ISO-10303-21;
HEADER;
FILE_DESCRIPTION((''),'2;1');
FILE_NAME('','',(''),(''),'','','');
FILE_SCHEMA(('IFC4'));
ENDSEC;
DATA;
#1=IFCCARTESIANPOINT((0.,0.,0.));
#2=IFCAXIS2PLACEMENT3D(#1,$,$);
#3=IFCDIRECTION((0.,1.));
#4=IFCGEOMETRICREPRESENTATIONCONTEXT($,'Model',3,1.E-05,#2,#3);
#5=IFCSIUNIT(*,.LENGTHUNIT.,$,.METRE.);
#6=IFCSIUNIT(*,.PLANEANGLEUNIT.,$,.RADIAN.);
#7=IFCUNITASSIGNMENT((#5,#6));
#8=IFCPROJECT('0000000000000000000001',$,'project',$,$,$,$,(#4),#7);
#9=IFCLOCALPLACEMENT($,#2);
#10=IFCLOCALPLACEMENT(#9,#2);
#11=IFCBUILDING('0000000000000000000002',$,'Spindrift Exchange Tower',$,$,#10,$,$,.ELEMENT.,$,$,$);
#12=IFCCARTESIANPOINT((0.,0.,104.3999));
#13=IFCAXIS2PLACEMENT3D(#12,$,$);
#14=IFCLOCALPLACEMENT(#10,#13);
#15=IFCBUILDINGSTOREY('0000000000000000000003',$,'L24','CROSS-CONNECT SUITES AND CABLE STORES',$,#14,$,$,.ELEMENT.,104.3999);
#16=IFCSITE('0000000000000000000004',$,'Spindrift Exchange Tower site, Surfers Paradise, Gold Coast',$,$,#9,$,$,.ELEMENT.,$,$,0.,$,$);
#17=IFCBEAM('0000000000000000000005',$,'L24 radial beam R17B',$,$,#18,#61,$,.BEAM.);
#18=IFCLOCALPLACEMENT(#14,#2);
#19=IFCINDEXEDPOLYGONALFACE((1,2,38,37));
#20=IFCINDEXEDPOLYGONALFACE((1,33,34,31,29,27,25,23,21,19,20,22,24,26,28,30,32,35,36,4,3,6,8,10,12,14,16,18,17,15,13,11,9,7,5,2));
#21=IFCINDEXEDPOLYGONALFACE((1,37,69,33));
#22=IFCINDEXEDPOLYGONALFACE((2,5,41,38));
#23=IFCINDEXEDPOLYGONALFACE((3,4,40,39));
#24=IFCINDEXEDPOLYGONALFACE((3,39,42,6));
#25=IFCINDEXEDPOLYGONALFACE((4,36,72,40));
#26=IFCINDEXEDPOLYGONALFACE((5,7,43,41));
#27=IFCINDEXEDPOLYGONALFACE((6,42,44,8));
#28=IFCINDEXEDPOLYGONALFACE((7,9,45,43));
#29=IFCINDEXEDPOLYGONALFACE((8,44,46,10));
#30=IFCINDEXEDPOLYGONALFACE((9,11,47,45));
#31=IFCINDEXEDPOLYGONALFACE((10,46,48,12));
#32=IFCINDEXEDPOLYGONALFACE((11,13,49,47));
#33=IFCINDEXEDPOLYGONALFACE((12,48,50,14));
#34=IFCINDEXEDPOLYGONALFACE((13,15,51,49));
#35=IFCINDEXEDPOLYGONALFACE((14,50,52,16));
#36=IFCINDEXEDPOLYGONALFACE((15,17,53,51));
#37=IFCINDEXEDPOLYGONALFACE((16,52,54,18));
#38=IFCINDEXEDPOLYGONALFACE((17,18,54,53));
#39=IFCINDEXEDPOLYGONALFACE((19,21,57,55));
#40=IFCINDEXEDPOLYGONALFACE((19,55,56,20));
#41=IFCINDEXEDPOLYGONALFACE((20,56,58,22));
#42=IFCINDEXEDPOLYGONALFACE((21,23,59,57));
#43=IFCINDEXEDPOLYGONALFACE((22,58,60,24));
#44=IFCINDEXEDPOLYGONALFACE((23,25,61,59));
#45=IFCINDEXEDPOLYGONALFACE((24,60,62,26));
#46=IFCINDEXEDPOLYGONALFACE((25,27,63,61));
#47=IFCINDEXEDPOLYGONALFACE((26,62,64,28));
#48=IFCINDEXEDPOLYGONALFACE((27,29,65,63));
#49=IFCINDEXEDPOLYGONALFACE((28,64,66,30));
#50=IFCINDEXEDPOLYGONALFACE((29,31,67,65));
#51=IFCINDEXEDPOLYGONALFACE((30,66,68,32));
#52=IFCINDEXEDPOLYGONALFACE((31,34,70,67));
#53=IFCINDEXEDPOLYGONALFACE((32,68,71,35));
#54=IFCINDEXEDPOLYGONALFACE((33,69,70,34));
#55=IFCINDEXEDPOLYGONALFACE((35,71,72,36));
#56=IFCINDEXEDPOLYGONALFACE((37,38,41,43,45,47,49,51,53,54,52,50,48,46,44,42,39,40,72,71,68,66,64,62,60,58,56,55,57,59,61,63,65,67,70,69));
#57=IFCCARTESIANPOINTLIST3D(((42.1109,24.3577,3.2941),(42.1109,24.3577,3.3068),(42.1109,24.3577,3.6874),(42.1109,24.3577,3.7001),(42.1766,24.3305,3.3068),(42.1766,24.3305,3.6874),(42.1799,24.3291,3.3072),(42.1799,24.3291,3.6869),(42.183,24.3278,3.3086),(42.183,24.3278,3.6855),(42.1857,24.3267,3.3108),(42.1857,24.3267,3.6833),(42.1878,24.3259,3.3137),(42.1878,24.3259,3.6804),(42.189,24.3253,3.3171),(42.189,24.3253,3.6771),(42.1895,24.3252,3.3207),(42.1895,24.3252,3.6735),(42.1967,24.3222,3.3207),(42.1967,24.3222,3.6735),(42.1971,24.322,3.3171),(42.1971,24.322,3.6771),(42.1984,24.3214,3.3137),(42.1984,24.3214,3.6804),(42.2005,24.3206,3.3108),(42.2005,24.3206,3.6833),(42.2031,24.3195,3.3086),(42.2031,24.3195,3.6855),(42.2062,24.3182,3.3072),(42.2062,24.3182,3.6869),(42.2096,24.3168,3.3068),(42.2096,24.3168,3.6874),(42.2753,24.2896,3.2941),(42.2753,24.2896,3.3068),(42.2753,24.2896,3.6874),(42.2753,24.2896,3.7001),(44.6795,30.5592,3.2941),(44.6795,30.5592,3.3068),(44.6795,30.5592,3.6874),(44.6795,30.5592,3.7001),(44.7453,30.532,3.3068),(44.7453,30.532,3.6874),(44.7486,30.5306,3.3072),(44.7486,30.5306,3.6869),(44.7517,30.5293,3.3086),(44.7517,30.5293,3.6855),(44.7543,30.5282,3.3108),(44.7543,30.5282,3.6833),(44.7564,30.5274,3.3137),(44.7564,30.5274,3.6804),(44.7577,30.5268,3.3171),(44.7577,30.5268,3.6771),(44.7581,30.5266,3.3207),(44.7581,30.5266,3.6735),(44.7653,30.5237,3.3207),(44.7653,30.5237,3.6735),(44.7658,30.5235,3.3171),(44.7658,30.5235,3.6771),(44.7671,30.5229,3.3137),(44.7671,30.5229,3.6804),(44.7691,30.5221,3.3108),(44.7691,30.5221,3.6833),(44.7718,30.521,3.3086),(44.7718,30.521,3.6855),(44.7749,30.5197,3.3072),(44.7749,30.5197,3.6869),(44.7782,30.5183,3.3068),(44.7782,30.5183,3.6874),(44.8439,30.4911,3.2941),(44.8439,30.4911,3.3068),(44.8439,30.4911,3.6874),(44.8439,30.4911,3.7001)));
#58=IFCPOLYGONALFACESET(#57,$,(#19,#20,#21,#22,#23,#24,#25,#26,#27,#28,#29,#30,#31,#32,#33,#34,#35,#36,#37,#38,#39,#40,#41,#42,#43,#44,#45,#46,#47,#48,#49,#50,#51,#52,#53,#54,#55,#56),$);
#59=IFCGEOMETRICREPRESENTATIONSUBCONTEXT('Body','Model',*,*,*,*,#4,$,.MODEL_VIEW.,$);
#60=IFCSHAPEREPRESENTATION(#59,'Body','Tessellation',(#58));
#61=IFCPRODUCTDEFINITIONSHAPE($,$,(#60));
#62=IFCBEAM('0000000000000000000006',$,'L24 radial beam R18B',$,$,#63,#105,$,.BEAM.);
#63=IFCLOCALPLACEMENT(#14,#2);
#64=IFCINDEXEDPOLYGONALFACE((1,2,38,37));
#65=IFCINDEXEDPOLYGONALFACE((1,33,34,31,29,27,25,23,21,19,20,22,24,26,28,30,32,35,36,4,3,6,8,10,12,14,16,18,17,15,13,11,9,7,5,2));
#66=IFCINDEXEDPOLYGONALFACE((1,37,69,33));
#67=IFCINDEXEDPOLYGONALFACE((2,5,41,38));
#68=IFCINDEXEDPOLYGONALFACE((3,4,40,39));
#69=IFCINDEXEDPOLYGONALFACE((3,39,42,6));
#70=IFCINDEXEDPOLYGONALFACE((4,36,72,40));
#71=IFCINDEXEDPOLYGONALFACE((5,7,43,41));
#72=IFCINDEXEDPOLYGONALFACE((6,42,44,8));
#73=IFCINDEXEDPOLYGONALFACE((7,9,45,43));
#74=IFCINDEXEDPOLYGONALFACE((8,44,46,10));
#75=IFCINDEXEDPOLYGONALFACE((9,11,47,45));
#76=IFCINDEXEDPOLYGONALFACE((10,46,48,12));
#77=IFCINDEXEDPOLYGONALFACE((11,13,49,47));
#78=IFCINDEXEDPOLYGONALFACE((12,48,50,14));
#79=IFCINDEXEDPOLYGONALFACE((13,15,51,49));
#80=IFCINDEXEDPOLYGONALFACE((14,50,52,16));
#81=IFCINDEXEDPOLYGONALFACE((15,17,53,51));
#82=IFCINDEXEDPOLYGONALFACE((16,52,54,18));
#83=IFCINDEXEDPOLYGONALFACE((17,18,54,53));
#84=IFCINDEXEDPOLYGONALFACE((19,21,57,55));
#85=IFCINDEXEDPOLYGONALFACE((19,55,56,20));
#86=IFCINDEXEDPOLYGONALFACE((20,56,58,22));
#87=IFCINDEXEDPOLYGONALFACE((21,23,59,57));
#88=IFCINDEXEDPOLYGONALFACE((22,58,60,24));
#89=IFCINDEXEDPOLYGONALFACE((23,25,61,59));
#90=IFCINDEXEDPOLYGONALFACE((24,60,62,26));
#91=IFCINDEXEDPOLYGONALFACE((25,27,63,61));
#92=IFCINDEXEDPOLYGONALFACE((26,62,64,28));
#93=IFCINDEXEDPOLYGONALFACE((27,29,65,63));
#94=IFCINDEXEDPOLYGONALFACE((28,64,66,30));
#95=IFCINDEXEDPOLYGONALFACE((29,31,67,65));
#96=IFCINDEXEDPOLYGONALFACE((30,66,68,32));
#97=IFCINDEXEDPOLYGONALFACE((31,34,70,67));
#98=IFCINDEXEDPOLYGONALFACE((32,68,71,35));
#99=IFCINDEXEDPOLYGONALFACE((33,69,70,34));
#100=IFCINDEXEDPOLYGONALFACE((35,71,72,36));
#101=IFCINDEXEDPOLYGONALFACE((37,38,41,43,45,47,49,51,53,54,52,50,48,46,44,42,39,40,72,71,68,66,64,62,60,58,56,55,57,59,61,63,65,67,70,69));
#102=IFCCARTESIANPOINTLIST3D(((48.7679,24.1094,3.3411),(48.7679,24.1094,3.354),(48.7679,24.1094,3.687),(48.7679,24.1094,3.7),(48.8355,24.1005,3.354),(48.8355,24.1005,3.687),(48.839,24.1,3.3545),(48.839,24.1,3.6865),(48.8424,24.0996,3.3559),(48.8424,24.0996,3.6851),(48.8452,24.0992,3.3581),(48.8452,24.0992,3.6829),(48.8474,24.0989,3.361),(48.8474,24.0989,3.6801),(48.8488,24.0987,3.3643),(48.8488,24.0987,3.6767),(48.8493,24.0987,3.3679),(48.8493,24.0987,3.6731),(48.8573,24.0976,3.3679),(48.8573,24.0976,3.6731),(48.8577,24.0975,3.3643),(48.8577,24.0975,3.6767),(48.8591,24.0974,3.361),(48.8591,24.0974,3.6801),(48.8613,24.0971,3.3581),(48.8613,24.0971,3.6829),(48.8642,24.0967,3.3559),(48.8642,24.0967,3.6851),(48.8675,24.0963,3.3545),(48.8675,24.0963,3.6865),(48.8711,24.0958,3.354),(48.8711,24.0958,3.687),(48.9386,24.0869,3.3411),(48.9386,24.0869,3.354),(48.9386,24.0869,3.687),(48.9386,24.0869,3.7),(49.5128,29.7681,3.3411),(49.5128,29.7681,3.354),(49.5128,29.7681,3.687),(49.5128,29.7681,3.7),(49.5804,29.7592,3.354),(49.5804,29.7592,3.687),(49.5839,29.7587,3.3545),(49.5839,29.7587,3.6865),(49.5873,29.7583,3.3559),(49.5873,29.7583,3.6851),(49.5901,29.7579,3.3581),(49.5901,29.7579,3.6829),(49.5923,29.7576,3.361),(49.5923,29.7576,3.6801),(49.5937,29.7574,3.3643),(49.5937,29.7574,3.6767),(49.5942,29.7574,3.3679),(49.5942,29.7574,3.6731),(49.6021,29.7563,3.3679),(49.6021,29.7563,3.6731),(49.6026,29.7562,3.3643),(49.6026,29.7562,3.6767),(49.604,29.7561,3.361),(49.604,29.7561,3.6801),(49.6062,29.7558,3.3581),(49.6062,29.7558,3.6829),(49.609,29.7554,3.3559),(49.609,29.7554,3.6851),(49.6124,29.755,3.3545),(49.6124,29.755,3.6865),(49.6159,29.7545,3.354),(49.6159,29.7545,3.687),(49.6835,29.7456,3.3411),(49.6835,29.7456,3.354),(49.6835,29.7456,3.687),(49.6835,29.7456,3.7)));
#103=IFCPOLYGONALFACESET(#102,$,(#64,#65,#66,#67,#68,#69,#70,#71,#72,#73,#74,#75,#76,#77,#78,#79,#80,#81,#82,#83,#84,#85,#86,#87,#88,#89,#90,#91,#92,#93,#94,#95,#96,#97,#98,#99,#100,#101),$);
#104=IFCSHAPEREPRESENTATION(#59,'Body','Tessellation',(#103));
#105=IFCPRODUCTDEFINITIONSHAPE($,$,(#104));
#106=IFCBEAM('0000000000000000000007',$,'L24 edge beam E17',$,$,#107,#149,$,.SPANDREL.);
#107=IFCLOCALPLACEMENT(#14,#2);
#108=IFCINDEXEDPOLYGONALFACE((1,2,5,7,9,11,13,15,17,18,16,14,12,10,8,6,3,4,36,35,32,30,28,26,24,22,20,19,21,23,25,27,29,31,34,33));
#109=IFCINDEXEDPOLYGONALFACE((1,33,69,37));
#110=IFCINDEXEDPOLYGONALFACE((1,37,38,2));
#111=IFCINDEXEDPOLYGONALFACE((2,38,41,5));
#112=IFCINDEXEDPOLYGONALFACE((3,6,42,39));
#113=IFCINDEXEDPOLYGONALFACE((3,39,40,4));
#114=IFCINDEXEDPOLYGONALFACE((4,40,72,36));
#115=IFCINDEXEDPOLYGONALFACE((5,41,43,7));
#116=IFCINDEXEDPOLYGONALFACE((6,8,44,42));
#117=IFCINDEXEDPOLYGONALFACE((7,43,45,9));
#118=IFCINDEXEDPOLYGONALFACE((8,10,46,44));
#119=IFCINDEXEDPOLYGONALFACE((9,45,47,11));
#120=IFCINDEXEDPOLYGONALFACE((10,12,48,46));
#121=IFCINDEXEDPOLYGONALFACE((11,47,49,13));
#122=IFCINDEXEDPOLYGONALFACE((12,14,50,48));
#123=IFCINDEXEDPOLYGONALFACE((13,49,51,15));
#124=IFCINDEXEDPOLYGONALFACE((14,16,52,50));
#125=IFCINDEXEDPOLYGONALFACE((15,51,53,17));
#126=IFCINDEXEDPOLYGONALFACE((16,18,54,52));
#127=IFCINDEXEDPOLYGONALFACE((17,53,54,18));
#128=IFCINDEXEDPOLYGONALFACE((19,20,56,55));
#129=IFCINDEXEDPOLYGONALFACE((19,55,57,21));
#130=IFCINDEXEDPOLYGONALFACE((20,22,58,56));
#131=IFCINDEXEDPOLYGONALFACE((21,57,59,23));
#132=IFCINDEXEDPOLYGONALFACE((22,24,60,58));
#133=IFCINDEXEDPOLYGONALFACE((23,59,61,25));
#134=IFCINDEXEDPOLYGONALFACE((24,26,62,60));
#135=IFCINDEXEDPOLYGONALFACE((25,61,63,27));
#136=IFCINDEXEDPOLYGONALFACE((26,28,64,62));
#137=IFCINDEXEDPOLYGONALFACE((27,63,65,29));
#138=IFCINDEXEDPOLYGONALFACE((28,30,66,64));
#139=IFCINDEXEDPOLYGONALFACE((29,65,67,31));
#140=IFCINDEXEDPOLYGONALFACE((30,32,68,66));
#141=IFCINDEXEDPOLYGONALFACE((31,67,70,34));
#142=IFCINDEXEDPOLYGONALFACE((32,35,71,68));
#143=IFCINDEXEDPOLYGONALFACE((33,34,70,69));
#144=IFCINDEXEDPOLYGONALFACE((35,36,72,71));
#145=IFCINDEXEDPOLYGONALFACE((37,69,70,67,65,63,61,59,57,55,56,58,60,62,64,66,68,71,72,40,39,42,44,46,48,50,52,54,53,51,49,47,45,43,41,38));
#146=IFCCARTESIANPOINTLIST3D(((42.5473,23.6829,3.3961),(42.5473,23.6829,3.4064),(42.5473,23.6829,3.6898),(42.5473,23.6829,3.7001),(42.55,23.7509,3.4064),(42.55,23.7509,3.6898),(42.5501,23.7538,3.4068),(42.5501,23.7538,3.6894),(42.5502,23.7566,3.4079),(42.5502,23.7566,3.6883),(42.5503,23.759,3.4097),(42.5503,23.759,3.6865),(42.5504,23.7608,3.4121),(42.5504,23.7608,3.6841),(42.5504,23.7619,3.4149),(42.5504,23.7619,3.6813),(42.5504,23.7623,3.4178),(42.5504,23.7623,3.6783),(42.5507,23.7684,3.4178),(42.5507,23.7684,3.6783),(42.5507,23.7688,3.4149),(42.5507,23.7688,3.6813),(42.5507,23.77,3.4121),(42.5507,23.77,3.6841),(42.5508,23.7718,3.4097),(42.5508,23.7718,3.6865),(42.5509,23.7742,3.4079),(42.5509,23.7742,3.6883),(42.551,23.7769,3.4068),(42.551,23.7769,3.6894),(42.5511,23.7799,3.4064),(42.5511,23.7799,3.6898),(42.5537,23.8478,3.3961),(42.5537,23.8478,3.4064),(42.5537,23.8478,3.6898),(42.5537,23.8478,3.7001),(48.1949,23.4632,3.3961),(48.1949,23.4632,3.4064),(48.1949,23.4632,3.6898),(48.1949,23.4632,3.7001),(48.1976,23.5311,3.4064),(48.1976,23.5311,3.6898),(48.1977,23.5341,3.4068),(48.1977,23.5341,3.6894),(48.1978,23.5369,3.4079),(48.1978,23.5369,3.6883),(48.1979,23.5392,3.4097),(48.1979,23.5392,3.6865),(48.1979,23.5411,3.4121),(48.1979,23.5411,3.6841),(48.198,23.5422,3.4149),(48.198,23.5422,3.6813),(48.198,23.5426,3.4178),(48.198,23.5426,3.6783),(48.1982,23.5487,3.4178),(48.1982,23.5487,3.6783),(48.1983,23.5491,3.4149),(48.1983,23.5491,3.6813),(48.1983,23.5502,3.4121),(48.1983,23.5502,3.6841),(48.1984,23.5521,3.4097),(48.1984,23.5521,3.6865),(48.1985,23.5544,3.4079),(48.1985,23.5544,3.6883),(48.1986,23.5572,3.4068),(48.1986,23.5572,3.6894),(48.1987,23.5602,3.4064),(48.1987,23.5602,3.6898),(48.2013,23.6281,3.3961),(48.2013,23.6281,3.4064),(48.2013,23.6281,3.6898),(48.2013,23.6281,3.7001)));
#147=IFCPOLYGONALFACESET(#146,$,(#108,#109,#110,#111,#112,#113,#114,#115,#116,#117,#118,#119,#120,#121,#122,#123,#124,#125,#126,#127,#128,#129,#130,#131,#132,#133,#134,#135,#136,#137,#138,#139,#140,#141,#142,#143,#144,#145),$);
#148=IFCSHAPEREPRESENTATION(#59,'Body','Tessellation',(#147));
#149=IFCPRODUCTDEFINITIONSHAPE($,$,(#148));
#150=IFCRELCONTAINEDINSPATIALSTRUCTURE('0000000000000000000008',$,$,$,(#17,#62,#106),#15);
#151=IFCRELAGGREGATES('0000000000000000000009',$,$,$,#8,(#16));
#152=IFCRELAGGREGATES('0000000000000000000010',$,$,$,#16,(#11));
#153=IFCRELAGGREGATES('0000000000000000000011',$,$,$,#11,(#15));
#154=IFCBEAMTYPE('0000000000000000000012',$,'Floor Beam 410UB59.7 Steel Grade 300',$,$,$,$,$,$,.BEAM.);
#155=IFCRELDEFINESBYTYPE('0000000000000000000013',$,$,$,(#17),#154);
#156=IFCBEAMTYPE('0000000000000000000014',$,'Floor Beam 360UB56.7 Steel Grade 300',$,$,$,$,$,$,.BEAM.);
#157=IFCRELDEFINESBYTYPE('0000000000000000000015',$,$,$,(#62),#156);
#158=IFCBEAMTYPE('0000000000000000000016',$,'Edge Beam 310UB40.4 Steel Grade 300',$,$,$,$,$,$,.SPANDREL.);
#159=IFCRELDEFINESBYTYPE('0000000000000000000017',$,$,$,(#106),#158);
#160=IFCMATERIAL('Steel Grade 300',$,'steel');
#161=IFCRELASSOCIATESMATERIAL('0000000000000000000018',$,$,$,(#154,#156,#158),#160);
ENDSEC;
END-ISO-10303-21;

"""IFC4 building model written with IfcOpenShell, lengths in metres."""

from ifc_helpers import new_model, si_unit, direction, frame, origin, origin_2d, place, context, subcontext, project, spatial, i_section, extrude, source, transform, mapped, material, material_profile, profile_set, type_object, element, save


model = new_model("IFC4")

# Units and contexts
model_context = context("Model", 3, precision=1e-05, world=origin(), true_north=direction((0.0, 1.0)))
body_context = subcontext(model_context, "Body", "Model", "MODEL_VIEW")
ifc_project = project(units=[si_unit("LENGTHUNIT", "METRE"), si_unit("PLANEANGLEUNIT", "RADIAN")], contexts=[model_context])

# Site, building, storey
site_placement = place(None, origin())
site = spatial("IfcSite", under=ifc_project, at=site_placement, Name="Spindrift Exchange Tower site, Surfers Paradise, Gold Coast", CompositionType="ELEMENT", RefElevation=0.0)
building_placement = place(site_placement, origin())
building = spatial("IfcBuilding", under=site, at=building_placement, Name="Spindrift Exchange Tower", CompositionType="ELEMENT")
storey_placement = place(building_placement, frame((0.0, 0.0, 104.3999)))
storey = spatial("IfcBuildingStorey", under=building, at=storey_placement, Name="L24", Description="CROSS-CONNECT SUITES AND CABLE STORES", CompositionType="ELEMENT", Elevation=104.3999)

# Beams
ifc_material_1 = material(Name="Steel Grade 300", Category="steel")
ifc_material_profile_1 = material_profile(ifc_material_1, i_section(OverallWidth=0.178, OverallDepth=0.406, WebThickness=0.0078, FlangeThickness=0.0127, FilletRadius=0.0139, at=origin_2d()), Name="410UB59.7")
ifc_profile_set_1 = profile_set([ifc_material_profile_1], Name="Steel Grade 300")
beam_type_1 = type_object("IfcBeamType", Name="Floor Beam 410UB59.7 Steel Grade 300", PredefinedType="BEAM", material=ifc_profile_set_1)
shared_shape_1 = source(origin(), body_context, "Body", "SweptSolid", [
    extrude(i_section(OverallWidth=0.178, OverallDepth=0.406, WebThickness=0.0078, FlangeThickness=0.0127, FilletRadius=0.0139, at=origin_2d()), origin(), (0.0, 0.0, 1.0), 6.7124),
])
beam_1_placement = place(storey_placement, frame((44.7617, 30.5251, 3.4971), z_axis=(-0.38267, -0.923885, 0.0), x_axis=(0.923885, -0.38267, 0.0)))
element("IfcBeam", 1, at=beam_1_placement, inside=storey, type_object=beam_type_1, Name="L24 radial beam R17B", PredefinedType="BEAM", context=body_context, shape_type="MappedRepresentation", body=[
    mapped(shared_shape_1, transform((0.0, 0.0, 0.0), scale=1.0)),
])
ifc_material_profile_2 = material_profile(ifc_material_1, i_section(OverallWidth=0.1721, OverallDepth=0.3589, WebThickness=0.0081, FlangeThickness=0.0129, FilletRadius=0.0139, at=origin_2d()), Name="360UB56.7")
ifc_profile_set_2 = profile_set([ifc_material_profile_2], Name="Steel Grade 300")
beam_type_2 = type_object("IfcBeamType", Name="Floor Beam 360UB56.7 Steel Grade 300", PredefinedType="BEAM", material=ifc_profile_set_2)
shared_shape_2 = source(origin(), body_context, "Body", "SweptSolid", [
    extrude(i_section(OverallWidth=0.1721, OverallDepth=0.3589, WebThickness=0.0081, FlangeThickness=0.0129, FilletRadius=0.0139, at=origin_2d()), origin(), (0.0, 0.0, 1.0), 5.7075),
])
beam_2_placement = place(storey_placement, frame((49.5981, 29.7568, 3.5205), z_axis=(-0.130508, -0.991447, 0.0), x_axis=(0.991447, -0.130508, 0.0)))
element("IfcBeam", 2, at=beam_2_placement, inside=storey, type_object=beam_type_2, Name="L24 radial beam R18B", PredefinedType="BEAM", context=body_context, shape_type="MappedRepresentation", body=[
    mapped(shared_shape_2, transform((0.0, 0.0, 0.0), scale=1.0)),
])
ifc_material_profile_3 = material_profile(ifc_material_1, i_section(OverallWidth=0.165, OverallDepth=0.304, WebThickness=0.0061, FlangeThickness=0.0103, FilletRadius=0.0115, at=origin_2d()), Name="310UB40.4")
ifc_profile_set_3 = profile_set([ifc_material_profile_3], Name="Steel Grade 300")
beam_type_3 = type_object("IfcBeamType", Name="Edge Beam 310UB40.4 Steel Grade 300", PredefinedType="SPANDREL", material=ifc_profile_set_3)
shared_shape_3 = source(origin(), body_context, "Body", "SweptSolid", [
    extrude(i_section(OverallWidth=0.165, OverallDepth=0.304, WebThickness=0.0061, FlangeThickness=0.0103, FilletRadius=0.0115, at=origin_2d()), origin(), (0.0, 0.0, 1.0), 5.6519),
])
beam_3_placement = place(storey_placement, frame((42.5505, 23.7654, 3.5481), z_axis=(0.999244, -0.038878, 0.0), x_axis=(0.038878, 0.999244, 0.0)))
element("IfcBeam", 3, at=beam_3_placement, inside=storey, type_object=beam_type_3, Name="L24 edge beam E17", PredefinedType="SPANDREL", context=body_context, shape_type="MappedRepresentation", body=[
    mapped(shared_shape_3, transform((0.0, 0.0, 0.0), scale=1.0)),
])

save(model, "model.ifc")
